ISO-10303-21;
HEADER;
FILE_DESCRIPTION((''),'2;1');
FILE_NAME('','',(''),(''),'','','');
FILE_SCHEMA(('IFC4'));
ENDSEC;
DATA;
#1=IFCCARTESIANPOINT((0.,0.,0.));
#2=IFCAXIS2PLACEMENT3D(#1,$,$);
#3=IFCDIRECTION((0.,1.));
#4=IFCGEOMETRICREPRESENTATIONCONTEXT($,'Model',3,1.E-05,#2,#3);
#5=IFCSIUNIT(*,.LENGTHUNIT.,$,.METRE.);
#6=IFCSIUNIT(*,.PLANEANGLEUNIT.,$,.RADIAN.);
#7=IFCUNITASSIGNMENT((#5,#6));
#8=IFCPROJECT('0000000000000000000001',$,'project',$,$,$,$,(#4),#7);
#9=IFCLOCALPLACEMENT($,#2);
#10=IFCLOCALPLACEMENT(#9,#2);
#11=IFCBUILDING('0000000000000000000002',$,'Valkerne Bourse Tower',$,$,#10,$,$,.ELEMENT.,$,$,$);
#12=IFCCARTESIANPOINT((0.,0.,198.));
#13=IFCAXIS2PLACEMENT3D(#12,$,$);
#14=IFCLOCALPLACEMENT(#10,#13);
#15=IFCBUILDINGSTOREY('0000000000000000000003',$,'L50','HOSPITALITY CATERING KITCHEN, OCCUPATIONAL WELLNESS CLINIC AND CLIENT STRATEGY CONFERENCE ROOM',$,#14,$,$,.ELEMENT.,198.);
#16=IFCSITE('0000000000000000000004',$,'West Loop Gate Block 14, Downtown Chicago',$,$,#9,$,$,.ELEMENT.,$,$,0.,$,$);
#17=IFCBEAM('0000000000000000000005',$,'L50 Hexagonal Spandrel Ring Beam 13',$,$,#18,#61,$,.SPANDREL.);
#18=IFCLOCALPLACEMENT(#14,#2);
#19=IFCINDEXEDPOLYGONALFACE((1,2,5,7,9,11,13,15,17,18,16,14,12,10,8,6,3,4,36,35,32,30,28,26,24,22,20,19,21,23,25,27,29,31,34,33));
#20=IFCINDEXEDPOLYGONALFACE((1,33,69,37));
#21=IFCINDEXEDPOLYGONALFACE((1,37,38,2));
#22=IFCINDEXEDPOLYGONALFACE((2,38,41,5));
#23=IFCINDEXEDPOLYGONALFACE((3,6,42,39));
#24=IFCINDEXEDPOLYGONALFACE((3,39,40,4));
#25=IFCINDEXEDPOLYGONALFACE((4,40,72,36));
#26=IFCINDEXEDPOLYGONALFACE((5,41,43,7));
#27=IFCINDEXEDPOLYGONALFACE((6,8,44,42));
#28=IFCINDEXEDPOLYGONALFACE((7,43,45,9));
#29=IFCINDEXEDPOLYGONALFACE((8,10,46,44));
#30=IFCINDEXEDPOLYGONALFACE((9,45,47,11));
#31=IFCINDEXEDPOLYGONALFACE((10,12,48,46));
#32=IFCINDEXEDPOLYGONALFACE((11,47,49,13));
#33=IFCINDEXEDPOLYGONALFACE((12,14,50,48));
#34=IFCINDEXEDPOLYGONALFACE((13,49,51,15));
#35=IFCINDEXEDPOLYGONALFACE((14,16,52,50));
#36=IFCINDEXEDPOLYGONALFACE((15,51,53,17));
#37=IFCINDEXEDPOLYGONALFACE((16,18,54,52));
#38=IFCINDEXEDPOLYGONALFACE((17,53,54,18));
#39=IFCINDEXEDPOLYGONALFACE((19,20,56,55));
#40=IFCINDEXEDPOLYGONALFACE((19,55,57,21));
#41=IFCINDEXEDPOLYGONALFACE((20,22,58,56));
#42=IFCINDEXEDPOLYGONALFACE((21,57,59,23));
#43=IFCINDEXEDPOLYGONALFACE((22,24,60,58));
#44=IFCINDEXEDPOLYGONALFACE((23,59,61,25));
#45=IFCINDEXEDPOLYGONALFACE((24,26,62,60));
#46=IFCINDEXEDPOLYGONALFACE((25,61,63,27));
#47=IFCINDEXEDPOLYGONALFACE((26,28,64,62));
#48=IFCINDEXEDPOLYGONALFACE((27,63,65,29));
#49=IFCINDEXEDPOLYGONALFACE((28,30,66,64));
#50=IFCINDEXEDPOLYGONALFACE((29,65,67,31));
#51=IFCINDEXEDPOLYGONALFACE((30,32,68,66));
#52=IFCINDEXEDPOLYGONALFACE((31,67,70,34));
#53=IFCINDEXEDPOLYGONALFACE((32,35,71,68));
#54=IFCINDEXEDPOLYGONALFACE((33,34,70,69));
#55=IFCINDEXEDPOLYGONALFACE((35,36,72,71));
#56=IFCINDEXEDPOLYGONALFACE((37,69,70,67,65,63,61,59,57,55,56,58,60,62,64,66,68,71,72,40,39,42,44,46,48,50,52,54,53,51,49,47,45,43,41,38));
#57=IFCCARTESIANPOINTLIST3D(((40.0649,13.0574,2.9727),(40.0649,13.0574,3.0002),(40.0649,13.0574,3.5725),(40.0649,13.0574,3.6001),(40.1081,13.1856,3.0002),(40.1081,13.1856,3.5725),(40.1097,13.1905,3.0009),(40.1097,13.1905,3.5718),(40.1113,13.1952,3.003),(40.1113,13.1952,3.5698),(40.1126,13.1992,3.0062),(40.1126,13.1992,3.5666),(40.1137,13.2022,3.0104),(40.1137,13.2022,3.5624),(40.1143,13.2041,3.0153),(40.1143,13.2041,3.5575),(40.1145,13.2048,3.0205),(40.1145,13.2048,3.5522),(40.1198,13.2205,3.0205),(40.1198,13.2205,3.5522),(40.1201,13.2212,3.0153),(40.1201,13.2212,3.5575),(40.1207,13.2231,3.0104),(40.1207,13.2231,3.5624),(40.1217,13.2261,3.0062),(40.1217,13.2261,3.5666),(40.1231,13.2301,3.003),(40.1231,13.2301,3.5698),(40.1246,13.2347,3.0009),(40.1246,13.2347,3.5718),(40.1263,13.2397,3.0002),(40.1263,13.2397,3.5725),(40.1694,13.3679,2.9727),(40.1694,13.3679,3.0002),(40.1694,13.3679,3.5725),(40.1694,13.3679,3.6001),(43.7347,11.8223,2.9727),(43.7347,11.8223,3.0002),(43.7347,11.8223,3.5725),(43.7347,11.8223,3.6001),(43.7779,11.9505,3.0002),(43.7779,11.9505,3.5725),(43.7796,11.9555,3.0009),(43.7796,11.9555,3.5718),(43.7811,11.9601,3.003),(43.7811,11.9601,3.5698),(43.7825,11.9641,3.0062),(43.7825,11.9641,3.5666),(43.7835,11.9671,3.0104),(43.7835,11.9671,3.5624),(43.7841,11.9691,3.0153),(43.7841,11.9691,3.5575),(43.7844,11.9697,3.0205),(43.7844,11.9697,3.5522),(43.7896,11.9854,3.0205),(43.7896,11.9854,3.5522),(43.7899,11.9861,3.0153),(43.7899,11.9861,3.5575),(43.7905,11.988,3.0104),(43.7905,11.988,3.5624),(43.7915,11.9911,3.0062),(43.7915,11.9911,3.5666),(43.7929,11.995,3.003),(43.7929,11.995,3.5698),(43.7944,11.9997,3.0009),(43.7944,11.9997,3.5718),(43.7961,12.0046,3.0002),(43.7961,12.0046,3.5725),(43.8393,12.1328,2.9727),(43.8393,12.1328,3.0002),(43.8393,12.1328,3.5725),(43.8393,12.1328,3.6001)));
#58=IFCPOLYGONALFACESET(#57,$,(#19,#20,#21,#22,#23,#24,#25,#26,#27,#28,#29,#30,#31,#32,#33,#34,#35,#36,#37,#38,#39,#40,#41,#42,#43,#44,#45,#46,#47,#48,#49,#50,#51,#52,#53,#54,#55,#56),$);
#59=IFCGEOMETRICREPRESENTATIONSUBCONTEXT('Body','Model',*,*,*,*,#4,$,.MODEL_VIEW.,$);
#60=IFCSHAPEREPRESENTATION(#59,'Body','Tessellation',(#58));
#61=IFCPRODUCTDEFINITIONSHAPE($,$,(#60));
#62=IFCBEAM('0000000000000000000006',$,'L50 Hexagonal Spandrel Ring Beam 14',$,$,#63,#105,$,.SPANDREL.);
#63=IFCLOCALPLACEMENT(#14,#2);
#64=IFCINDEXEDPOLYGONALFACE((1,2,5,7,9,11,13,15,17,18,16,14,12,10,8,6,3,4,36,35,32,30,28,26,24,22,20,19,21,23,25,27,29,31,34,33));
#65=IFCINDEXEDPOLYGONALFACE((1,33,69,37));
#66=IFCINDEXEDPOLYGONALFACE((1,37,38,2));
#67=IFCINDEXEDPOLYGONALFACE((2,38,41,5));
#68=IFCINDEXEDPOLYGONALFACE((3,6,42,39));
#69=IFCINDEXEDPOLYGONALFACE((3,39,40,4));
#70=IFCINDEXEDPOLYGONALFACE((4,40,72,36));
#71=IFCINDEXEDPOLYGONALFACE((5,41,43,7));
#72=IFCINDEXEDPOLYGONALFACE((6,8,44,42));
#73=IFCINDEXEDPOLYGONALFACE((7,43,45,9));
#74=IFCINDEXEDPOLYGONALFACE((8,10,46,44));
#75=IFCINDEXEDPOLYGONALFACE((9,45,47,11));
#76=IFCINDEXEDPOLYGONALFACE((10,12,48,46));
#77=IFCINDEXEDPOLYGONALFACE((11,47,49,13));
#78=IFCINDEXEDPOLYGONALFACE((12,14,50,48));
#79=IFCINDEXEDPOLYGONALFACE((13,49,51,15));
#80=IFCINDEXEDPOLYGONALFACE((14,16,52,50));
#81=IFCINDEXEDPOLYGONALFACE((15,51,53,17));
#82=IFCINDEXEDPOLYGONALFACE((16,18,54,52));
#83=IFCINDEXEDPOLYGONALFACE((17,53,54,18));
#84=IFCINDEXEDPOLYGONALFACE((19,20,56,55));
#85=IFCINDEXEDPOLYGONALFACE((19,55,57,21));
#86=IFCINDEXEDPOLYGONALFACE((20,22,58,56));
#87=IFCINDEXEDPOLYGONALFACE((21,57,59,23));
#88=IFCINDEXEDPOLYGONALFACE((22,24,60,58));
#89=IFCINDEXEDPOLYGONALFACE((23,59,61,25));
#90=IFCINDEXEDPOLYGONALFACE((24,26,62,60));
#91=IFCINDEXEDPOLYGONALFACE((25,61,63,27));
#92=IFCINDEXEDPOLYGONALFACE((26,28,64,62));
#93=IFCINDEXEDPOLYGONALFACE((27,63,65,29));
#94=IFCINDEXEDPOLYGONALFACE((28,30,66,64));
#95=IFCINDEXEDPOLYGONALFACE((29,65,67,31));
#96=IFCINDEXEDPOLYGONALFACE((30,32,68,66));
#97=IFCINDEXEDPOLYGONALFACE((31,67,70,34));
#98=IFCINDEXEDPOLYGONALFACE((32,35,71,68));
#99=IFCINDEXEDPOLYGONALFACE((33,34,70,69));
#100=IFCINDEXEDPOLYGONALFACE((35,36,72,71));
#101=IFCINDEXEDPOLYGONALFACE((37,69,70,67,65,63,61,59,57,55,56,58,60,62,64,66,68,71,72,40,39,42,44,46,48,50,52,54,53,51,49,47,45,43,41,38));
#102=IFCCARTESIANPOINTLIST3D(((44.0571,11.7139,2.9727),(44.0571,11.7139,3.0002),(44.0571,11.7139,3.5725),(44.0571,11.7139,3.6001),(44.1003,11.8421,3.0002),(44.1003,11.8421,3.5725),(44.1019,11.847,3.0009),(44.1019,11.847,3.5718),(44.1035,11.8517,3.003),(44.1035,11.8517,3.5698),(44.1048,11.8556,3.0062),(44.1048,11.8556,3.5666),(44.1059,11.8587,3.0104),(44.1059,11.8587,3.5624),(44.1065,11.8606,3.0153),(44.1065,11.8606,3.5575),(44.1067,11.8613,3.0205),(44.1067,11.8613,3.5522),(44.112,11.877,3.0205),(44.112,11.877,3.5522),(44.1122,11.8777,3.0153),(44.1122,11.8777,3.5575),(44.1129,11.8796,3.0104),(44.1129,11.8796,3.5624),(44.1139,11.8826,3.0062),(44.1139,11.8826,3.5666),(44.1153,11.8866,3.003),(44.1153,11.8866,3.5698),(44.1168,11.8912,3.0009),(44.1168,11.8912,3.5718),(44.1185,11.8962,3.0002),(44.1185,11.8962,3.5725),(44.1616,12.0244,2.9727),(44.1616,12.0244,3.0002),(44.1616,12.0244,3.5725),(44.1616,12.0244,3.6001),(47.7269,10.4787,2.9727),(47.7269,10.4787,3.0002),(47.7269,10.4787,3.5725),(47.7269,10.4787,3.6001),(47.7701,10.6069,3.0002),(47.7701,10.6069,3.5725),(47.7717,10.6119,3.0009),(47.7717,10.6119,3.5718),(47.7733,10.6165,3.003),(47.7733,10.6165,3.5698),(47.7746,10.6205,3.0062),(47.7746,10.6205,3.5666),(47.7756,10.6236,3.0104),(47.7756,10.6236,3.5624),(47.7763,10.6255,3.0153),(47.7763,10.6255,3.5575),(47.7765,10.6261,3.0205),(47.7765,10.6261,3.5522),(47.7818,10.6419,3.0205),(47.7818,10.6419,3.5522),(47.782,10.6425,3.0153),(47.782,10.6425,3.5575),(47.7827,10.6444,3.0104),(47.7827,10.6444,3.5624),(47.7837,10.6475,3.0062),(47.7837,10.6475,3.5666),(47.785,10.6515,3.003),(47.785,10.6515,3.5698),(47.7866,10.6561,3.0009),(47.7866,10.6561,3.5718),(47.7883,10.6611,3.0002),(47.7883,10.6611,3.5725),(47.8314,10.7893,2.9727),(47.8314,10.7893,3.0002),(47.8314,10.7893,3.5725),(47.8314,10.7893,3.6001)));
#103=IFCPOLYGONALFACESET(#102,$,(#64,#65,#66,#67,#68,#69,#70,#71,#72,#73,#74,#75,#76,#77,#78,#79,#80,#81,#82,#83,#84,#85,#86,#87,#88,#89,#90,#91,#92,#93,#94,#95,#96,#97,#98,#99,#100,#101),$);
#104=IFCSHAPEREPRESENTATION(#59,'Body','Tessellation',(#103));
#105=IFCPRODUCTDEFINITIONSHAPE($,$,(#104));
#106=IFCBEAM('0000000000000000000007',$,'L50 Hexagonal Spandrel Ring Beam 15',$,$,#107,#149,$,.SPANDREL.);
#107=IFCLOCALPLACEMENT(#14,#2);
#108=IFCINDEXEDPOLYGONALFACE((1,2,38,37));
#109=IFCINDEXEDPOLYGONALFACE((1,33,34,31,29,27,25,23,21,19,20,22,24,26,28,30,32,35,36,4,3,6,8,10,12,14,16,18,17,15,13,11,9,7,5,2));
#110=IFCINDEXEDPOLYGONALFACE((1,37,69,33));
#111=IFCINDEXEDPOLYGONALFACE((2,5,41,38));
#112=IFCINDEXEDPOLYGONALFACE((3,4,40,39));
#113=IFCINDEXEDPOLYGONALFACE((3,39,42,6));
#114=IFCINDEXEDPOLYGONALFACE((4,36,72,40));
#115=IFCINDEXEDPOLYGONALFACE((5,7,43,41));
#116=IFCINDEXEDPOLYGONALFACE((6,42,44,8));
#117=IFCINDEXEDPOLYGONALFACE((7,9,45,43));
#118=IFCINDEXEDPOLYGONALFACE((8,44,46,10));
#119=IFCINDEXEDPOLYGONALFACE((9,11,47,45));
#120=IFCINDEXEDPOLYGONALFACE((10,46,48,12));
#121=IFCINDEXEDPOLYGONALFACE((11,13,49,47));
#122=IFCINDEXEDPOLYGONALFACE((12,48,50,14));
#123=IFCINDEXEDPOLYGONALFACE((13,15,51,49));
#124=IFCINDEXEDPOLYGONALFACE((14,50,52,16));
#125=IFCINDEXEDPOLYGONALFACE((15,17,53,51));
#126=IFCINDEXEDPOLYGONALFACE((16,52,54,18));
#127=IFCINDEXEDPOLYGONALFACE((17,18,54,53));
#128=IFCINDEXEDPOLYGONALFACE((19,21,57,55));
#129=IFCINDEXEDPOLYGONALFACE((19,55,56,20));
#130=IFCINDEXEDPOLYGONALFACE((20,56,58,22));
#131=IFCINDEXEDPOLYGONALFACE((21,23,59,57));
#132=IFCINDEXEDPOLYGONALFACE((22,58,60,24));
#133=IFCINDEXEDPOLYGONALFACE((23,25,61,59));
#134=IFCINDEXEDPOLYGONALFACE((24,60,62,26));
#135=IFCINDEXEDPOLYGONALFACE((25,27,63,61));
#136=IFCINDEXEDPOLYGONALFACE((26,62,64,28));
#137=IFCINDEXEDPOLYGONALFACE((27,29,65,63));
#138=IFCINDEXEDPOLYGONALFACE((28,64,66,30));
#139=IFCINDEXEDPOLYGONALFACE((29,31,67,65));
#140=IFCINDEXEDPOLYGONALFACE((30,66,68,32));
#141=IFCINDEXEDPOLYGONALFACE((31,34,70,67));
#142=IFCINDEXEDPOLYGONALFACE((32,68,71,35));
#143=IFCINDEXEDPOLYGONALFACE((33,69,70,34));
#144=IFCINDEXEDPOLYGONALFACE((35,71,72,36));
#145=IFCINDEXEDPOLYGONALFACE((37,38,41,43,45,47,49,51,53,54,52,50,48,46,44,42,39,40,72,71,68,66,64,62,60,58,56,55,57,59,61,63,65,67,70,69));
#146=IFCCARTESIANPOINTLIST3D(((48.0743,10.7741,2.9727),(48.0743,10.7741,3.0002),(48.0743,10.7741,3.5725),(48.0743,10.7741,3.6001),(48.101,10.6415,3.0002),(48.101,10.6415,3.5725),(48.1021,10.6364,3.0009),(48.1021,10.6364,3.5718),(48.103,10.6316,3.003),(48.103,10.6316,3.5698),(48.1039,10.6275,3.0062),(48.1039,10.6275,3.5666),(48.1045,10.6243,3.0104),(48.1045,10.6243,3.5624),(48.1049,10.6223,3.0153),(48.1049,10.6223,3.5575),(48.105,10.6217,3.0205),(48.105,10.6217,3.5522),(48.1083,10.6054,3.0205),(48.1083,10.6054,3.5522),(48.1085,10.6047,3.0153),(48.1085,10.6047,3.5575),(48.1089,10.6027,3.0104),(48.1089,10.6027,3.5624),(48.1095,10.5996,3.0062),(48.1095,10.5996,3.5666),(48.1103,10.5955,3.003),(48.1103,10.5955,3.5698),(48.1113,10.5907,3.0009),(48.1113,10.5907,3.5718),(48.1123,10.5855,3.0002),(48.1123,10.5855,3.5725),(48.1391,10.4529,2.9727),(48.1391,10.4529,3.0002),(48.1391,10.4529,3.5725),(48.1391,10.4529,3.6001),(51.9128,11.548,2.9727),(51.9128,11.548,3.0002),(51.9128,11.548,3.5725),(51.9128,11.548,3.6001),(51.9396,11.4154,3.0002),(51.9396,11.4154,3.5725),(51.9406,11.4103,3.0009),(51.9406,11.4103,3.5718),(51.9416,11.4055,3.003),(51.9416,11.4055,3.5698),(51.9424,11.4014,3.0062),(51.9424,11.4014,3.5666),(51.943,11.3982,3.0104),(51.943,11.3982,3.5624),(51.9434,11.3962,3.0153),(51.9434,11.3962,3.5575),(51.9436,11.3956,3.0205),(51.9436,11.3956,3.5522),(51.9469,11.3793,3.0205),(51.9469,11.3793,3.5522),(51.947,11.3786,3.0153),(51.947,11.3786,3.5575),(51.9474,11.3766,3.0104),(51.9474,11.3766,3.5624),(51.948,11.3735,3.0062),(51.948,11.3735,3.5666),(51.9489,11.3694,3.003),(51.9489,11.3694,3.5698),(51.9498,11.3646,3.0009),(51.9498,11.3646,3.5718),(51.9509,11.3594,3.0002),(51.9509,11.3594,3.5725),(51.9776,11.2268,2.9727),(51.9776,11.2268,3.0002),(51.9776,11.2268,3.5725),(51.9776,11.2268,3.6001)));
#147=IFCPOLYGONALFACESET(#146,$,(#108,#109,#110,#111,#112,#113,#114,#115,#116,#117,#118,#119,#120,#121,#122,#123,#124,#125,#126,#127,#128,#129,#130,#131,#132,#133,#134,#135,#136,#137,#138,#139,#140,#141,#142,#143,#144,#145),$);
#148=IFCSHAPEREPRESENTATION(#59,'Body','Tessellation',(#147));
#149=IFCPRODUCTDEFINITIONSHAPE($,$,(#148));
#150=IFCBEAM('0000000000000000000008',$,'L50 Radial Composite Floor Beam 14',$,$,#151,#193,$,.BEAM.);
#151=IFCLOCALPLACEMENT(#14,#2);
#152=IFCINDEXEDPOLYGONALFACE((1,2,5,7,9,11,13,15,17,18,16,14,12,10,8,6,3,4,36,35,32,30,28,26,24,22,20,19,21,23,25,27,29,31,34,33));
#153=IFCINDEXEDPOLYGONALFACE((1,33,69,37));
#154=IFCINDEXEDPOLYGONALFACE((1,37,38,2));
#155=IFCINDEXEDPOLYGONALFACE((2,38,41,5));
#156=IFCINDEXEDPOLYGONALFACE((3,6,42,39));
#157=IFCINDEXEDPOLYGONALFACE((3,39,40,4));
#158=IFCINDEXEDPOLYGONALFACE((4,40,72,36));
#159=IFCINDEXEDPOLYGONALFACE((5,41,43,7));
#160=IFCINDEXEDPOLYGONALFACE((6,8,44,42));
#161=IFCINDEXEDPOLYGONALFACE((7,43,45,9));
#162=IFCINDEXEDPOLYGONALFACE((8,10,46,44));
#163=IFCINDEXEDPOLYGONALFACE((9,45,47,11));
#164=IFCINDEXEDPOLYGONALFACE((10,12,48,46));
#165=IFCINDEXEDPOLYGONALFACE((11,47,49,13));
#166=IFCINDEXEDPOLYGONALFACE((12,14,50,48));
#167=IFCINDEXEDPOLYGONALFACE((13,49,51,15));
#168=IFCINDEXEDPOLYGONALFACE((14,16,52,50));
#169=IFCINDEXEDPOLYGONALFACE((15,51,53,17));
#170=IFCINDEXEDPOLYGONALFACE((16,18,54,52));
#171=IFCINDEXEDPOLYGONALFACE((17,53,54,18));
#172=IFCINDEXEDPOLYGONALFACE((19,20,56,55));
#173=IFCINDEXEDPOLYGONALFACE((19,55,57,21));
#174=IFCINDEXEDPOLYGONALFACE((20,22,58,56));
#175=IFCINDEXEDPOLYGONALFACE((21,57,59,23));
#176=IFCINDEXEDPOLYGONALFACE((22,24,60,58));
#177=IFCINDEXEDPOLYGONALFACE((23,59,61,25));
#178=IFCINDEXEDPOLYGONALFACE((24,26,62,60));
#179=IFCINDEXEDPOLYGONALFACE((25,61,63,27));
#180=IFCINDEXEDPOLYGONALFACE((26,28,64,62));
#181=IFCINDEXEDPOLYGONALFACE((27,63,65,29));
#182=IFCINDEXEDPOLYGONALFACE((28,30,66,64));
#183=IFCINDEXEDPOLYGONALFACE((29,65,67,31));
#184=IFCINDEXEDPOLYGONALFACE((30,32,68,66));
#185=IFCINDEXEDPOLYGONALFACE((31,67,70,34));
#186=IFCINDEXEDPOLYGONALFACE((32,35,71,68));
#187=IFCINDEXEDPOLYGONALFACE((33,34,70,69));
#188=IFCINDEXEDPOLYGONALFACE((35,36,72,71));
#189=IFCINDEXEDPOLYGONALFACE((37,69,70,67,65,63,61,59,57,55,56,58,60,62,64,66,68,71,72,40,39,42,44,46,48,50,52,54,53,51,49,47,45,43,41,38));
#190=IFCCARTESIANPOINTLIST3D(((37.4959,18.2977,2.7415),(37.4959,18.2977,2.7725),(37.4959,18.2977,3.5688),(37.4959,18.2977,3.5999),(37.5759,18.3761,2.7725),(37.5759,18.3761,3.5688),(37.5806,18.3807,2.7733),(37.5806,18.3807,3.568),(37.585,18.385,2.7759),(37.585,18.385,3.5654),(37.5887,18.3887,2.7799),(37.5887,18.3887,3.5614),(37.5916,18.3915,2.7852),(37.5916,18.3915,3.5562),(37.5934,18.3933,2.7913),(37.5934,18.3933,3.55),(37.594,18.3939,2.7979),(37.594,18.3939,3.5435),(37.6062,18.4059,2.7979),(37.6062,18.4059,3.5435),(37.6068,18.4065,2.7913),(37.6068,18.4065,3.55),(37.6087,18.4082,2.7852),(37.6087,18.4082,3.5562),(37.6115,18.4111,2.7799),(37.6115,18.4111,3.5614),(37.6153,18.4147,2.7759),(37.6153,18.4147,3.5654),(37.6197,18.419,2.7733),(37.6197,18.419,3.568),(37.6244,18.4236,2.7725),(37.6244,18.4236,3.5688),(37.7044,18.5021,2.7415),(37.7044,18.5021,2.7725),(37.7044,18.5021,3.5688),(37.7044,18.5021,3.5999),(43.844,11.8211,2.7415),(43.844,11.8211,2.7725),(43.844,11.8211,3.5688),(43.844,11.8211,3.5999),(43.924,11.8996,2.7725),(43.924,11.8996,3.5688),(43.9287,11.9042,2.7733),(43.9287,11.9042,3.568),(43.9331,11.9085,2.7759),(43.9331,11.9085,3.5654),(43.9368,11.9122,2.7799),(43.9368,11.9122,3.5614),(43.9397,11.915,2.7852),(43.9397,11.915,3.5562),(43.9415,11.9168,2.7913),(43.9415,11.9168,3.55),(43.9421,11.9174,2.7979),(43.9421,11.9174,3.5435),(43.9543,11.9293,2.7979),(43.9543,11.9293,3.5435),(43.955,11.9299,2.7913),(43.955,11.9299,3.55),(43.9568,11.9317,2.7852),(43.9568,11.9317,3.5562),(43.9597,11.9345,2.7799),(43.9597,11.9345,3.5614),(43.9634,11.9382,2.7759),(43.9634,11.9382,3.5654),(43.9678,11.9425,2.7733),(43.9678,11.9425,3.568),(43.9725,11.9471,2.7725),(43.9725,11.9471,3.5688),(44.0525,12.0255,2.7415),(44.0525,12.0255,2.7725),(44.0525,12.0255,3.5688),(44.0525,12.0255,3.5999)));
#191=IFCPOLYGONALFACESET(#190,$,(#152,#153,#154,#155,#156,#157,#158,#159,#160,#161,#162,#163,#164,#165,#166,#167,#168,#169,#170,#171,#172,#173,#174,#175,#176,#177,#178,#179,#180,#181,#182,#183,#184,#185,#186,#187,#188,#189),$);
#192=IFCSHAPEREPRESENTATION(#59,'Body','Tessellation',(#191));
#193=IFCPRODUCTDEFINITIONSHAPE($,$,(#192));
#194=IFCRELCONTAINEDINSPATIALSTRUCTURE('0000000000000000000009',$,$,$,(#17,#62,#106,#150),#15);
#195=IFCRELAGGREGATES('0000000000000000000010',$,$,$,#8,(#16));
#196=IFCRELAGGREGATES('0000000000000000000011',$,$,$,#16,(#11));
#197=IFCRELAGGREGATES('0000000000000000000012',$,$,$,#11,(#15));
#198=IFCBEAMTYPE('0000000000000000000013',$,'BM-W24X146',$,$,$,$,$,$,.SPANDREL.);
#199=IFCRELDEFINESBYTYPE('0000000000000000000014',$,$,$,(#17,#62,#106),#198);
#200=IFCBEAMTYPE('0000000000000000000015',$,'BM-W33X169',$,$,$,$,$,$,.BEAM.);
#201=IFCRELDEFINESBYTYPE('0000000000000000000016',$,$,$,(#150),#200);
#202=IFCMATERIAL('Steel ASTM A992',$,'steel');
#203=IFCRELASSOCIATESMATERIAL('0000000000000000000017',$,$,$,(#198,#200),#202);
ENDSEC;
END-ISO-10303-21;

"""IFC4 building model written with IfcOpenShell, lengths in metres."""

from ifc_helpers import new_model, si_unit, direction, frame, origin, origin_2d, place, context, subcontext, project, spatial, i_section, extrude, material, material_profile, profile_set, type_object, element, save


model = new_model("IFC4")

# Units and contexts
model_context = context("Model", 3, precision=1e-05, world=origin(), true_north=direction((0.0, 1.0)))
body_context = subcontext(model_context, "Body", "Model", "MODEL_VIEW")
ifc_project = project(units=[si_unit("LENGTHUNIT", "METRE"), si_unit("PLANEANGLEUNIT", "RADIAN")], contexts=[model_context])

# Site, building, storey
site_placement = place(None, origin())
site = spatial("IfcSite", under=ifc_project, at=site_placement, Name="West Loop Gate Block 14, Downtown Chicago", CompositionType="ELEMENT", RefElevation=0.0)
building_placement = place(site_placement, origin())
building = spatial("IfcBuilding", under=site, at=building_placement, Name="Valkerne Bourse Tower", CompositionType="ELEMENT")
storey_placement = place(building_placement, frame((0.0, 0.0, 198.0)))
storey = spatial("IfcBuildingStorey", under=building, at=storey_placement, Name="L50", Description="HOSPITALITY CATERING KITCHEN, OCCUPATIONAL WELLNESS CLINIC AND CLIENT STRATEGY CONFERENCE ROOM", CompositionType="ELEMENT", Elevation=198.0)

# Beams
ifc_material_1 = material(Name="Steel ASTM A992", Category="steel")
ifc_material_profile_1 = material_profile(ifc_material_1, i_section(OverallWidth=0.3276, OverallDepth=0.6274, WebThickness=0.0166, FlangeThickness=0.0276, FilletRadius=0.0203, at=origin_2d()), Name="W24X146")
ifc_profile_set_1 = profile_set([ifc_material_profile_1], Name="Steel ASTM A992")
beam_type_1 = type_object("IfcBeamType", Name="BM-W24X146", PredefinedType="SPANDREL", material=ifc_profile_set_1)
for number, where, z_axis, x_axis, name in (
    (1, (40.1172, 13.2126, 3.2864), (0.947765, -0.318969, 0.0), (0.318969, 0.947765, 0.0), "L50 Hexagonal Spandrel Ring Beam 13"),
    (2, (44.1094, 11.8691, 3.2864), (0.947759, -0.318988, 0.0), (0.318988, 0.947759, 0.0), "L50 Hexagonal Spandrel Ring Beam 14"),
):
    element("IfcBeam", number, at=place(storey_placement, frame(where, z_axis=z_axis, x_axis=x_axis)), inside=storey, type_object=beam_type_1, Name=name, PredefinedType="SPANDREL", context=body_context, shape_type="SweptSolid", body=[
        extrude(i_section(OverallWidth=0.3276, OverallDepth=0.6274, WebThickness=0.0166, FlangeThickness=0.0276, FilletRadius=0.0203, at=origin_2d()), origin(), (0.0, 0.0, 1.0), 3.8721),
    ])
beam_1_placement = place(storey_placement, frame((48.1067, 10.6135, 3.2864), z_axis=(0.980275, 0.197639, 0.0), x_axis=(-0.197639, 0.980275, 0.0)))
element("IfcBeam", 3, at=beam_1_placement, inside=storey, type_object=beam_type_1, Name="L50 Hexagonal Spandrel Ring Beam 15", PredefinedType="SPANDREL", context=body_context, shape_type="SweptSolid", body=[
    extrude(i_section(OverallWidth=0.3276, OverallDepth=0.6274, WebThickness=0.0166, FlangeThickness=0.0276, FilletRadius=0.0203, at=origin_2d()), origin(), (0.0, 0.0, 1.0), 3.9158),
])
ifc_material_profile_2 = material_profile(ifc_material_1, i_section(OverallWidth=0.292, OverallDepth=0.8584, WebThickness=0.0171, FlangeThickness=0.031, FilletRadius=0.0254, at=origin_2d()), Name="W33X169")
ifc_profile_set_2 = profile_set([ifc_material_profile_2], Name="Steel ASTM A992")
beam_type_2 = type_object("IfcBeamType", Name="BM-W33X169", PredefinedType="BEAM", material=ifc_profile_set_2)
beam_2_placement = place(storey_placement, frame((43.9482, 11.9233, 3.1707), z_axis=(-0.699991, 0.714151, 0.0), x_axis=(-0.714151, -0.699991, 0.0)))
element("IfcBeam", 4, at=beam_2_placement, inside=storey, type_object=beam_type_2, Name="L50 Radial Composite Floor Beam 14", PredefinedType="BEAM", context=body_context, shape_type="SweptSolid", body=[
    extrude(i_section(OverallWidth=0.292, OverallDepth=0.8584, WebThickness=0.0171, FlangeThickness=0.031, FilletRadius=0.0254, at=origin_2d()), origin(), (0.0, 0.0, 1.0), 9.0688),
])

save(model, "model.ifc")
